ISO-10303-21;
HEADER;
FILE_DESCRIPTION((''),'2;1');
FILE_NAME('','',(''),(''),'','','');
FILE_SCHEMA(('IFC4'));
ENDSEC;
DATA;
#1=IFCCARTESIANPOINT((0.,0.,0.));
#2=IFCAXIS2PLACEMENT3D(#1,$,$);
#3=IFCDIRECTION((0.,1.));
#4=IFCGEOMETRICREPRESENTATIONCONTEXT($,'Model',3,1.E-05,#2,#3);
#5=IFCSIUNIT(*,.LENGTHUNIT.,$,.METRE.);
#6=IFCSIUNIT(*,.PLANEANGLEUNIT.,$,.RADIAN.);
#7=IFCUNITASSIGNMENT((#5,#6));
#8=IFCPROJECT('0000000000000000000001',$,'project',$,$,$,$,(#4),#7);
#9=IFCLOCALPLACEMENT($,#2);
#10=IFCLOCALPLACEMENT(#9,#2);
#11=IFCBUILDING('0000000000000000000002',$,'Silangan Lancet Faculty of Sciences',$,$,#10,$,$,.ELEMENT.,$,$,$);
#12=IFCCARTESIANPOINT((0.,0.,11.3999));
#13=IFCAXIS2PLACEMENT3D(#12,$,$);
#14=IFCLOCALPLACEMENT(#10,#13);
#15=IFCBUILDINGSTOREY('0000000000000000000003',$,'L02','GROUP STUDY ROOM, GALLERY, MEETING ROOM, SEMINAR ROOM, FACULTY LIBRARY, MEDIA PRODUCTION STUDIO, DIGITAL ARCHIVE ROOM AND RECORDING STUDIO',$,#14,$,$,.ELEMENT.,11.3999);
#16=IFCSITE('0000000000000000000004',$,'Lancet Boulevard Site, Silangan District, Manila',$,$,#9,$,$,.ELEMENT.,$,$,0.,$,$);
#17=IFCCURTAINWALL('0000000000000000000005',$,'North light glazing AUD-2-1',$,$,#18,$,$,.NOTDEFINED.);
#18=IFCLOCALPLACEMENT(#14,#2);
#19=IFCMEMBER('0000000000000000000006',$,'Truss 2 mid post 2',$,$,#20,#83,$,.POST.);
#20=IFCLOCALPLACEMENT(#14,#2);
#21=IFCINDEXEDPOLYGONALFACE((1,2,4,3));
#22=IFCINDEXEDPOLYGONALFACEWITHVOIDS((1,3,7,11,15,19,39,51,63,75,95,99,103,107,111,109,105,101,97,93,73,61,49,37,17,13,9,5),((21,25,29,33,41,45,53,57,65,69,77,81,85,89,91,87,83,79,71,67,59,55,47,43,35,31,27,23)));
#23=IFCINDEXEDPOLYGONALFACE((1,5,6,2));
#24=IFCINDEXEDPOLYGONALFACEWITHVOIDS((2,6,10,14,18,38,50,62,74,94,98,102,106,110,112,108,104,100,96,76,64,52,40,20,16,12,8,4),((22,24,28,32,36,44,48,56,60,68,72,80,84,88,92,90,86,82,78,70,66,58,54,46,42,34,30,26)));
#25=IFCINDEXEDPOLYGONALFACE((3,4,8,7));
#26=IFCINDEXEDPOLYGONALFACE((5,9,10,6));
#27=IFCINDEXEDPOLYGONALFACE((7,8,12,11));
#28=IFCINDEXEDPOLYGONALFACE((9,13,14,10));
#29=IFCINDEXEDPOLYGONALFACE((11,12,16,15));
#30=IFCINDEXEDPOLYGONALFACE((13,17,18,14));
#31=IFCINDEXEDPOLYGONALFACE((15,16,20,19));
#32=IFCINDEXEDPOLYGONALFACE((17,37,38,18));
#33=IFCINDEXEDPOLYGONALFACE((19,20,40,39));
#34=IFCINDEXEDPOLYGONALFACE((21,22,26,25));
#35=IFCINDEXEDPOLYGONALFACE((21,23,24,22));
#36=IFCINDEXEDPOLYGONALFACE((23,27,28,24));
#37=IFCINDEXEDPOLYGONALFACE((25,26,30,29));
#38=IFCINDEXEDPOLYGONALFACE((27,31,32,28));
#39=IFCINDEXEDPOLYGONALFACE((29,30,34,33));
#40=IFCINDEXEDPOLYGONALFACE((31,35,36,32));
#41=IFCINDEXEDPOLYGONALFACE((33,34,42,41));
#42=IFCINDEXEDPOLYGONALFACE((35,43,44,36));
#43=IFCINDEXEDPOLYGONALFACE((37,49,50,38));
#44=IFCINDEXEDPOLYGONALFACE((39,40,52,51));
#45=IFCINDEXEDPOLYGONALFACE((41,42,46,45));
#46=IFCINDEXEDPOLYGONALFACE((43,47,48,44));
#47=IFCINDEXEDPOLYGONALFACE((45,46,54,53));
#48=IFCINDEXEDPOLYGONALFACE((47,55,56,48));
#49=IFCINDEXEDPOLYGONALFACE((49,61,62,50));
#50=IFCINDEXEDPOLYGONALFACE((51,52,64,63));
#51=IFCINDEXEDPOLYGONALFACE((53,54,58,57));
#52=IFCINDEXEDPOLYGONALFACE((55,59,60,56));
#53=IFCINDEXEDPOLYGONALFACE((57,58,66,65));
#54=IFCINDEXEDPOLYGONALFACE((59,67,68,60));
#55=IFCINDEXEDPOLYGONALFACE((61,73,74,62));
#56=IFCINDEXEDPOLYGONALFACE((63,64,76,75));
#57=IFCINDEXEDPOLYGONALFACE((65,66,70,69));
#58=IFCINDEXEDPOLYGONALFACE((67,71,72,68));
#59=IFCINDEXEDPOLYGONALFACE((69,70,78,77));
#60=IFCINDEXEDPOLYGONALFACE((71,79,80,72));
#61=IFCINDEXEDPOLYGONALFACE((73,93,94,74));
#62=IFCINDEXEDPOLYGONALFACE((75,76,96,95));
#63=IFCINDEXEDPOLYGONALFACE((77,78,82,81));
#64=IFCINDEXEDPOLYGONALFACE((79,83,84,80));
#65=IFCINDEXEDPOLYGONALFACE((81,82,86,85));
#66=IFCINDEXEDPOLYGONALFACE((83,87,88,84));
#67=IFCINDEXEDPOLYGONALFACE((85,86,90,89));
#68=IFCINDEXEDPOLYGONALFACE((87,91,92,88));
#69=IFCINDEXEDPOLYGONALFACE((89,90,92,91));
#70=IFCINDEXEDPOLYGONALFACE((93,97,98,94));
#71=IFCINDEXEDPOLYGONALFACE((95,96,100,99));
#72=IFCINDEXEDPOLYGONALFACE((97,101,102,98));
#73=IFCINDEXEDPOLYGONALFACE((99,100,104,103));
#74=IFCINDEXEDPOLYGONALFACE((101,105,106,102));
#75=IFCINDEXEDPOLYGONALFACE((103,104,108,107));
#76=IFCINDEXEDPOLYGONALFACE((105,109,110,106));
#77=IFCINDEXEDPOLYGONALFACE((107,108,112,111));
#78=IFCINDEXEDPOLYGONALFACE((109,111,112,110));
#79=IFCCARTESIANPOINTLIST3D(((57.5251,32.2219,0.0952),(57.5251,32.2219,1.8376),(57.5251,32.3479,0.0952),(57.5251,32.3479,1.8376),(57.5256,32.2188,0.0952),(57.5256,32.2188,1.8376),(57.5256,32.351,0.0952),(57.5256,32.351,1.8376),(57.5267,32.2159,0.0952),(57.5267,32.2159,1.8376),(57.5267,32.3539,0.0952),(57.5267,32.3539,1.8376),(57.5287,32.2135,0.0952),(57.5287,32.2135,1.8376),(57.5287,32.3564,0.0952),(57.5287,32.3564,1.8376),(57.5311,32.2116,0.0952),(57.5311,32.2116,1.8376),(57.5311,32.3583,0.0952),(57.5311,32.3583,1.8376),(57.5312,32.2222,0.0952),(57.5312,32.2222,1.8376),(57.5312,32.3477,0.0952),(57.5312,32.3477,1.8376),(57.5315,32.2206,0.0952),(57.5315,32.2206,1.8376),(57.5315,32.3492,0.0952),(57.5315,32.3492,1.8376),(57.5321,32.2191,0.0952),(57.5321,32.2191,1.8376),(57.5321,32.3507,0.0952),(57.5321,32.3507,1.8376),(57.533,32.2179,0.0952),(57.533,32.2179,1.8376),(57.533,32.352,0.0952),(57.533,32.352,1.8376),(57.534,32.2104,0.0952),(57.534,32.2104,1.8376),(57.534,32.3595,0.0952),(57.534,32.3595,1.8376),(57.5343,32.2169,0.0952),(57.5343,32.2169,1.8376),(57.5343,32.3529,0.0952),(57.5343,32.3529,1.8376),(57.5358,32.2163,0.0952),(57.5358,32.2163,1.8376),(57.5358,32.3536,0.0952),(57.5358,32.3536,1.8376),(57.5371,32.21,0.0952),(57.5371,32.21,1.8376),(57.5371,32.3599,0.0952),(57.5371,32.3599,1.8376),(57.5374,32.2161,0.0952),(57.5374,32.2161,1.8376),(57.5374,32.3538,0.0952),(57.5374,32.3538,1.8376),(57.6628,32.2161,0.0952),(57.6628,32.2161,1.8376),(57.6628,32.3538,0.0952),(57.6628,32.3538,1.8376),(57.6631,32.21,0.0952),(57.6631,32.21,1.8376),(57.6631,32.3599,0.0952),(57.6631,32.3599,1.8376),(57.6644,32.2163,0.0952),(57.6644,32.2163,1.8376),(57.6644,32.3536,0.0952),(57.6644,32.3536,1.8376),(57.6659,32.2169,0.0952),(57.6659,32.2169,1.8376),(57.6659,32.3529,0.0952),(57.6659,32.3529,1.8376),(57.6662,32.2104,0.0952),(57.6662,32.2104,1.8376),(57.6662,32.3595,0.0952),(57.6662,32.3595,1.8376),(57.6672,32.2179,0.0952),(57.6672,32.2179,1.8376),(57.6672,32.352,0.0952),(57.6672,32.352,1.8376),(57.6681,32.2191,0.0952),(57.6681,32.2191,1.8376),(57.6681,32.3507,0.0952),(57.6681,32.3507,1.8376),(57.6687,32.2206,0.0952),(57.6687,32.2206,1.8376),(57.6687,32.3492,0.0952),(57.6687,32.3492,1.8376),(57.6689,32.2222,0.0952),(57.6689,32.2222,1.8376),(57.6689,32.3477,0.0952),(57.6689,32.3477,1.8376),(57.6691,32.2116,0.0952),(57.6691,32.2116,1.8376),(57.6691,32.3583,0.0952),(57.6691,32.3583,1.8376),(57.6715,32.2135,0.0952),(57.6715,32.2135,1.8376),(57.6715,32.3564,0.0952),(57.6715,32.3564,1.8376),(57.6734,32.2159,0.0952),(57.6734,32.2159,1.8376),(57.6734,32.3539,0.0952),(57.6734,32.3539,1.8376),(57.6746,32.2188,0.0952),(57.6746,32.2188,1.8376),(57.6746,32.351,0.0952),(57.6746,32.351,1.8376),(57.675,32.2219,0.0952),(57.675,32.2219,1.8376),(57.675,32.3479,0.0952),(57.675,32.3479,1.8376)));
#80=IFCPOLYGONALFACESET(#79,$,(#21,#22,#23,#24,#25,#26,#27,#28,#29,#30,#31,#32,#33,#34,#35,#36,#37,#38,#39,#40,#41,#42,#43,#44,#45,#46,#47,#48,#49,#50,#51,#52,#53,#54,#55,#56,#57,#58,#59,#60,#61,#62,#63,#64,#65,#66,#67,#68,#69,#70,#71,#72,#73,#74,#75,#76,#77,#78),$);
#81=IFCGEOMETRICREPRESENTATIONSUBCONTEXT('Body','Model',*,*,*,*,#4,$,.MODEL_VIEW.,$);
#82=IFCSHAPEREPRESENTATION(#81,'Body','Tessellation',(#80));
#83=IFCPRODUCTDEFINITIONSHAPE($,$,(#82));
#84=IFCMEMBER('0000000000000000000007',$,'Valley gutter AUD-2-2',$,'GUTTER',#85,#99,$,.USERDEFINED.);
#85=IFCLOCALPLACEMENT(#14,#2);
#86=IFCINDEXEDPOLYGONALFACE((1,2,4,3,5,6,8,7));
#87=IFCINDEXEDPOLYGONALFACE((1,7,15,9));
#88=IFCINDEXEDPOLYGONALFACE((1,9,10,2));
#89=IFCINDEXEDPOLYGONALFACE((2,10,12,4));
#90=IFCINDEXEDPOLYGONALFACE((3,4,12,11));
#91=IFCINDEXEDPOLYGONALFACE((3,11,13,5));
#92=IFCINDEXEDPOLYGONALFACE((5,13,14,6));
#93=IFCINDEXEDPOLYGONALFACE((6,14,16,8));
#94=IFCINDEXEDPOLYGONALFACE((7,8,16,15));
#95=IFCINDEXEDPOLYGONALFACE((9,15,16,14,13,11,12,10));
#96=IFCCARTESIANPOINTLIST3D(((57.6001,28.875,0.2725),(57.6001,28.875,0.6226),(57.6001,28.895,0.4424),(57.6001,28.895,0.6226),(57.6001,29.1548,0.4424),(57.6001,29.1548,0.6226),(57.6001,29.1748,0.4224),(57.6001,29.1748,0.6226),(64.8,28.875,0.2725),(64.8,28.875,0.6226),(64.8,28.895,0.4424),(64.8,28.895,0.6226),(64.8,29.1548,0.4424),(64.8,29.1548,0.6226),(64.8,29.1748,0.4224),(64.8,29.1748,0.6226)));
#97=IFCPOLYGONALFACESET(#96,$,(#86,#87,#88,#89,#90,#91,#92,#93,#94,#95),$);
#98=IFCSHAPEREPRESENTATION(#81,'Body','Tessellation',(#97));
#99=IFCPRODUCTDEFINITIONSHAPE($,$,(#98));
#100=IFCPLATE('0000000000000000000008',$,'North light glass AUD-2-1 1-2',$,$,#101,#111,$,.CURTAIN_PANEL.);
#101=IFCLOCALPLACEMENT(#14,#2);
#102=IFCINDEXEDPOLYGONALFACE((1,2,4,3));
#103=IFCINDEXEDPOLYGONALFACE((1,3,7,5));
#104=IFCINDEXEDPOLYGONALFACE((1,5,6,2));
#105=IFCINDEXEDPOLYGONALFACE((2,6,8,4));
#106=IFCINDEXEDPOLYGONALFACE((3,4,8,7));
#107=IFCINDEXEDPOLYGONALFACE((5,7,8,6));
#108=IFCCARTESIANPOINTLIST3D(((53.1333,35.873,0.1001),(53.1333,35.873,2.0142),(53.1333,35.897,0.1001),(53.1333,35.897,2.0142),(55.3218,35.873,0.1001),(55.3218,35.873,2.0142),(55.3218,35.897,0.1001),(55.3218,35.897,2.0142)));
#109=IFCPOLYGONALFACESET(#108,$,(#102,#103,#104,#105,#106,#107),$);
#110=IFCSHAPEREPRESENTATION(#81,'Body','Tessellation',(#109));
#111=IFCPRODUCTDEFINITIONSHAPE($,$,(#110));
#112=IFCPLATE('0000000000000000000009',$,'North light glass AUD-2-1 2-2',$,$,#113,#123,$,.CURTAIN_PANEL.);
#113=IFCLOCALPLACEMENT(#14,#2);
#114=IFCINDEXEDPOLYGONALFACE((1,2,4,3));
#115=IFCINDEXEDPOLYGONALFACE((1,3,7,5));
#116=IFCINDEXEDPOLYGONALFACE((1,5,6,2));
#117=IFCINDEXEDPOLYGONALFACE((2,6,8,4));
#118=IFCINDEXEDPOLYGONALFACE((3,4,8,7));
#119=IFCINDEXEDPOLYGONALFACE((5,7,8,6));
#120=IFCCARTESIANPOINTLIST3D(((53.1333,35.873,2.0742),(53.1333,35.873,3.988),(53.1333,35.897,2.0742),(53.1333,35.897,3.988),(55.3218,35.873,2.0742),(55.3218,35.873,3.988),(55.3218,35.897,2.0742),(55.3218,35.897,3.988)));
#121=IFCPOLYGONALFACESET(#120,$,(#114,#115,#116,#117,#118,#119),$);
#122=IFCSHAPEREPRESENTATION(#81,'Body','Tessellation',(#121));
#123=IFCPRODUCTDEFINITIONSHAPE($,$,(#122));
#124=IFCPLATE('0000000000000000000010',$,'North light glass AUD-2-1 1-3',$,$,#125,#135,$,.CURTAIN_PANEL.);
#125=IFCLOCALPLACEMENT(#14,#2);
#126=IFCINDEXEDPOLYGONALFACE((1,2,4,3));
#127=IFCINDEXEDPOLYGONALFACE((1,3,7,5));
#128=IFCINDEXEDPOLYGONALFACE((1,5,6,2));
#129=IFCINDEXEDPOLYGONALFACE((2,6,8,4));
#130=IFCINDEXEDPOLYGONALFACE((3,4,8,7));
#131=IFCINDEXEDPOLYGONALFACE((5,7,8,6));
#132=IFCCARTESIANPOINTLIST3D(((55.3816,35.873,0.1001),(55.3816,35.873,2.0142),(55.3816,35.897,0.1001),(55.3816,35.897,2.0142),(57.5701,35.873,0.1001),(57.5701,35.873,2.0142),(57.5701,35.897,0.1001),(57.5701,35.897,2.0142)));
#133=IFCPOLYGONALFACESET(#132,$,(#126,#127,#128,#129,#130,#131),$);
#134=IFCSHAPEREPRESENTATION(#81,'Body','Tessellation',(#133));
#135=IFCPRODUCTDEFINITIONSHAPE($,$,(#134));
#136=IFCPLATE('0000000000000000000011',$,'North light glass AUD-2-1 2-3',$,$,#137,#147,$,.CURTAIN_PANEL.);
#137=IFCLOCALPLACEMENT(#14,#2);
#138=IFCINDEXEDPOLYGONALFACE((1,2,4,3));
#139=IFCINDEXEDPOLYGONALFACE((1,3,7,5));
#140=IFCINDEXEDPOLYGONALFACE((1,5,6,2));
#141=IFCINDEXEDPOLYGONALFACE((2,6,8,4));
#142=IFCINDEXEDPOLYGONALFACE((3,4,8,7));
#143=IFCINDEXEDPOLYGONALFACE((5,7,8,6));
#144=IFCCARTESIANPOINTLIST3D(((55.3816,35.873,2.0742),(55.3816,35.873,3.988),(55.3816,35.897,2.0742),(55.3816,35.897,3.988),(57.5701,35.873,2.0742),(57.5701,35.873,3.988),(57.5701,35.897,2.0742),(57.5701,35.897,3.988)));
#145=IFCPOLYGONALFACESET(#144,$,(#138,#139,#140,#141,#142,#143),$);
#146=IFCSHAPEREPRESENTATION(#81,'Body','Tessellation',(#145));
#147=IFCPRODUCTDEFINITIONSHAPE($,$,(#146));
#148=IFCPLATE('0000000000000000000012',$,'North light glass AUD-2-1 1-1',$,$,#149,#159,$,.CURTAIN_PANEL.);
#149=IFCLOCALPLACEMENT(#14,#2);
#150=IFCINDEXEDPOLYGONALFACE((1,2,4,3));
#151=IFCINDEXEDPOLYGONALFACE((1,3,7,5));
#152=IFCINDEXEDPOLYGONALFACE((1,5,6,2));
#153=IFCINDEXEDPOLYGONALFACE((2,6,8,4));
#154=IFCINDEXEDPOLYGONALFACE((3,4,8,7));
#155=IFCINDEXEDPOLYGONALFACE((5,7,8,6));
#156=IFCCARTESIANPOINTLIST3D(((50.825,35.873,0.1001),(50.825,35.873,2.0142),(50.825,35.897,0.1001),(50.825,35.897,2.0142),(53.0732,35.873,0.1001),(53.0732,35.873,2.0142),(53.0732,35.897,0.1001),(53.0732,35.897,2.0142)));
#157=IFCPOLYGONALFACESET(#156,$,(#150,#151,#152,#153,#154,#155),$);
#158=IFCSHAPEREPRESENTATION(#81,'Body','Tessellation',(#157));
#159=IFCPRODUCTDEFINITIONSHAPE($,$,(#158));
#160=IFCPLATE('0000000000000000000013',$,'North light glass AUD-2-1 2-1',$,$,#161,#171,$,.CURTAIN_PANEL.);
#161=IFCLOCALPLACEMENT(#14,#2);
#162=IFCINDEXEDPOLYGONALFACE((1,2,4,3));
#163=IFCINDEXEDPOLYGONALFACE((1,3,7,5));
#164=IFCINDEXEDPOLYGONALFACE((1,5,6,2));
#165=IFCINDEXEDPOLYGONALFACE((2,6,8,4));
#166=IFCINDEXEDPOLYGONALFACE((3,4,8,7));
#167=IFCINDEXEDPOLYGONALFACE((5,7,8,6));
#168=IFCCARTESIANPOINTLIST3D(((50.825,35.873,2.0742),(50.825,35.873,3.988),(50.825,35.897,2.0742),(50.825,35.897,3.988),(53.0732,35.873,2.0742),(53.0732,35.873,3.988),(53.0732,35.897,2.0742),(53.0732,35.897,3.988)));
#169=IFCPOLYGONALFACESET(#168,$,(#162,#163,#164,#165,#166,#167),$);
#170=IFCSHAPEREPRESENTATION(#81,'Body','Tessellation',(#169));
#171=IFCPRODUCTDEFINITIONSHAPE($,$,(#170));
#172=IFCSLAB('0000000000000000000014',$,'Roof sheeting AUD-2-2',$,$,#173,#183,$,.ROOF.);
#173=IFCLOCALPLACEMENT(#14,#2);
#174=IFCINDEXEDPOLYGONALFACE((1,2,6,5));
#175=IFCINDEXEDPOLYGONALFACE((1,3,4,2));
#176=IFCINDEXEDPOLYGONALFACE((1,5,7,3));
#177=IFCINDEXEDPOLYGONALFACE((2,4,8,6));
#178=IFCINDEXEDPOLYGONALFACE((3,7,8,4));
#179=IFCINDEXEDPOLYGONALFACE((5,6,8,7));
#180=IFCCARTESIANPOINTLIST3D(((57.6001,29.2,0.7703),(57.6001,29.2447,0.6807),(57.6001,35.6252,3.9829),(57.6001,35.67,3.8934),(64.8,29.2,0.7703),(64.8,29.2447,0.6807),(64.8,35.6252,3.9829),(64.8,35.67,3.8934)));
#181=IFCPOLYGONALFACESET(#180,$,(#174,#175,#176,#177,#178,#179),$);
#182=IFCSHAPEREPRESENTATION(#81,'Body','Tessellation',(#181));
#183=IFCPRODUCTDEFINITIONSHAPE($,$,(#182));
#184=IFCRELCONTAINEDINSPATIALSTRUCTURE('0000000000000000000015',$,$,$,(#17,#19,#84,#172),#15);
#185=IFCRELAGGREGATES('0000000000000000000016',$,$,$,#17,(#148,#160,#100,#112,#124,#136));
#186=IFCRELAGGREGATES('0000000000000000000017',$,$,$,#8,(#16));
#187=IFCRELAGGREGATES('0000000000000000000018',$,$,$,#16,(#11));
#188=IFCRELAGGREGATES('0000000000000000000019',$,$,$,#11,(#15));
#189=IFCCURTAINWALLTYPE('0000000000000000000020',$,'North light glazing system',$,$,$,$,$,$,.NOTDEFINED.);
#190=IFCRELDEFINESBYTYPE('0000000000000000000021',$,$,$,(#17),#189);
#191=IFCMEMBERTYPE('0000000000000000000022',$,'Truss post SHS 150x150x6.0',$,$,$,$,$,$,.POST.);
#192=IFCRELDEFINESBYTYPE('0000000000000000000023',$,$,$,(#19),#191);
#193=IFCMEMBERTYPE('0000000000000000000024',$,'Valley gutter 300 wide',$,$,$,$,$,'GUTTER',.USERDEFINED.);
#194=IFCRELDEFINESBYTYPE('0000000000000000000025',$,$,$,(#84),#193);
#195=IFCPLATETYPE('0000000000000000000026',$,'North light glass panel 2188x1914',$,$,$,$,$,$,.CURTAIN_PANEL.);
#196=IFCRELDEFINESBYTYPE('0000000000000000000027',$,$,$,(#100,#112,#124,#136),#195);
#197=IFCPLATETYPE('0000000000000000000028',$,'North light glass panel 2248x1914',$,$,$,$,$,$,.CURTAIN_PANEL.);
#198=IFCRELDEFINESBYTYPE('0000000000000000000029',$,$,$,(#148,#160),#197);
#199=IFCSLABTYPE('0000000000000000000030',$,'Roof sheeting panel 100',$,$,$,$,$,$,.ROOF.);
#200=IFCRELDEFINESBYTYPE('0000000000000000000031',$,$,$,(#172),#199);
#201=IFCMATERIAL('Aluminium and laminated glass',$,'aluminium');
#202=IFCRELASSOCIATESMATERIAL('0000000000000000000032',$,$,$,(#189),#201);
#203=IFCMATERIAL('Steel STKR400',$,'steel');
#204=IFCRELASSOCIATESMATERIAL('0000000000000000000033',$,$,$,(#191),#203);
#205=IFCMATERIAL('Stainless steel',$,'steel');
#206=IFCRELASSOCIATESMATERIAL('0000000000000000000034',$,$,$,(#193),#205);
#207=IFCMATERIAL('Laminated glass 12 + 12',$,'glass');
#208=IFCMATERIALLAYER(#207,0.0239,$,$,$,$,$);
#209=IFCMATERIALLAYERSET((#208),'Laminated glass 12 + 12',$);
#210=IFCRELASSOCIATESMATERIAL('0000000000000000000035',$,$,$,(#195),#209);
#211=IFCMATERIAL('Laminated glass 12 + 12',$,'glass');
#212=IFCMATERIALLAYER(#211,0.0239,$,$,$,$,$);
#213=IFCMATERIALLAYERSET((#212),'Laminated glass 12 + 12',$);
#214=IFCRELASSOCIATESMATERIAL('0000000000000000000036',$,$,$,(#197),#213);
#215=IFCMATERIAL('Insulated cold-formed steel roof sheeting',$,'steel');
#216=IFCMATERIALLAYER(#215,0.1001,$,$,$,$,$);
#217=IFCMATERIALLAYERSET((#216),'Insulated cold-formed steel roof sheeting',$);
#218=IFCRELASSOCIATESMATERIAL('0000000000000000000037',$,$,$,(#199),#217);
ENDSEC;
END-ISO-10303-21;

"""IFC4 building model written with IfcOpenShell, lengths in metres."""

from ifc_helpers import new_model, si_unit, direction, frame, origin, origin_2d, place, context, subcontext, project, spatial, polyline, hollow_rectangle, outline, extrude, material, layer, layer_set, material_profile, profile_set, type_object, element, aggregate, save


model = new_model("IFC4")

# Units and contexts
model_context = context("Model", 3, precision=1e-05, world=origin(), true_north=direction((0.0, 1.0)))
body_context = subcontext(model_context, "Body", "Model", "MODEL_VIEW")
ifc_project = project(units=[si_unit("LENGTHUNIT", "METRE"), si_unit("PLANEANGLEUNIT", "RADIAN")], contexts=[model_context])

# Site, building, storey
site_placement = place(None, origin())
site = spatial("IfcSite", under=ifc_project, at=site_placement, Name="Lancet Boulevard Site, Silangan District, Manila", CompositionType="ELEMENT", RefElevation=0.0)
building_placement = place(site_placement, origin())
building = spatial("IfcBuilding", under=site, at=building_placement, Name="Silangan Lancet Faculty of Sciences", CompositionType="ELEMENT")
storey_placement = place(building_placement, frame((0.0, 0.0, 11.3999)))
storey = spatial("IfcBuildingStorey", under=building, at=storey_placement, Name="L02", Description="GROUP STUDY ROOM, GALLERY, MEETING ROOM, SEMINAR ROOM, FACULTY LIBRARY, MEDIA PRODUCTION STUDIO, DIGITAL ARCHIVE ROOM AND RECORDING STUDIO", CompositionType="ELEMENT", Elevation=11.3999)

# Curtain wall
ifc_material_1 = material(Name="Aluminium and laminated glass", Category="aluminium")
curtain_wall_type = type_object("IfcCurtainWallType", Name="North light glazing system", PredefinedType="NOTDEFINED", material=ifc_material_1)
curtain_wall_1_placement = place(storey_placement, origin())
curtain_wall_1 = element("IfcCurtainWall", 1, at=curtain_wall_1_placement, inside=storey, type_object=curtain_wall_type, Name="North light glazing AUD-2-1", PredefinedType="NOTDEFINED")

# Members
ifc_material_2 = material(Name="Steel STKR400", Category="steel")
ifc_material_profile_1 = material_profile(ifc_material_2, hollow_rectangle(XDim=0.1499, YDim=0.1499, WallThickness=0.0061, InnerFilletRadius=0.0061, OuterFilletRadius=0.012, at=origin_2d()), Name="SHS 150x150x6.0")
ifc_profile_set_1 = profile_set([ifc_material_profile_1], Name="Steel STKR400")
member_type_1 = type_object("IfcMemberType", Name="Truss post SHS 150x150x6.0", PredefinedType="POST", material=ifc_profile_set_1)
for number, where, z_axis, x_axis, name in (
    (2, (57.6001, 32.2849, 0.0952), (0.0, 0.0, 1.0), (1.0, 0.0, 0.0), "Truss 2 mid post 2"),
):
    element("IfcMember", number, at=place(storey_placement, frame(where, z_axis=z_axis, x_axis=x_axis)), inside=storey, type_object=member_type_1, Name=name, PredefinedType="POST", context=body_context, shape_type="SweptSolid", body=[
        extrude(hollow_rectangle(XDim=0.1499, YDim=0.1499, WallThickness=0.0061, InnerFilletRadius=0.0061, OuterFilletRadius=0.012, at=origin_2d()), origin(), (0.0, 0.0, 1.0), 1.7424),
    ])
ifc_material_3 = material(Name="Stainless steel", Category="steel")
ifc_material_profile_2 = material_profile(ifc_material_3, outline(polyline([(-0.1499, 0.0), (0.1499, 0.1499), (0.1499, 0.3501), (0.1299, 0.3501), (0.1299, 0.1699), (-0.1299, 0.1699), (-0.1299, 0.3501), (-0.1499, 0.3501), (-0.1499, 0.0)])), Name="valley gutter")
ifc_profile_set_2 = profile_set([ifc_material_profile_2], Name="Stainless steel")
member_type_2 = type_object("IfcMemberType", Name="Valley gutter 300 wide", ElementType="GUTTER", PredefinedType="USERDEFINED", material=ifc_profile_set_2)
member_1_placement = place(storey_placement, frame((57.6001, 29.0249, 0.2725), z_axis=(1.0, 0.0, 0.0), x_axis=(0.0, 1.0, 0.0)))
element("IfcMember", 3, at=member_1_placement, inside=storey, type_object=member_type_2, Name="Valley gutter AUD-2-2", ObjectType="GUTTER", PredefinedType="USERDEFINED", context=body_context, shape_type="SweptSolid", body=[
    extrude(outline(polyline([(-0.1499, 0.0), (0.1499, 0.1499), (0.1499, 0.3501), (0.1299, 0.3501), (0.1299, 0.1699), (-0.1299, 0.1699), (-0.1299, 0.3501), (-0.1499, 0.3501), (-0.1499, 0.0)])), origin(), (0.0, 0.0, 1.0), 7.2),
])

# Plates
ifc_material_4 = material(Name="Laminated glass 12 + 12", Category="glass")
ifc_layer_1 = layer(ifc_material_4, 0.0239)
ifc_layer_set_1 = layer_set([ifc_layer_1], Name="Laminated glass 12 + 12")
plate_type_1 = type_object("IfcPlateType", Name="North light glass panel 2188x1914", PredefinedType="CURTAIN_PANEL", material=ifc_layer_set_1)
plate_1_placement = place(storey_placement, frame((53.1333, 35.873, 0.1001), z_axis=(0.0, -1.0, 0.0), x_axis=(1.0, 0.0, 0.0)))
plate_1 = element("IfcPlate", 4, at=plate_1_placement, type_object=plate_type_1, Name="North light glass AUD-2-1 1-2", PredefinedType="CURTAIN_PANEL", context=body_context, shape_type="SweptSolid", body=[
    extrude(outline(polyline([(0.0, 0.0), (2.1885, 0.0), (2.1885, 1.9141), (0.0, 1.9141), (0.0, 0.0)])), origin(), (0.0, 0.0, -1.0), 0.0239),
])
plate_2_placement = place(storey_placement, frame((53.1333, 35.873, 2.0742), z_axis=(0.0, -1.0, 0.0), x_axis=(1.0, 0.0, 0.0)))
plate_2 = element("IfcPlate", 5, at=plate_2_placement, type_object=plate_type_1, Name="North light glass AUD-2-1 2-2", PredefinedType="CURTAIN_PANEL", context=body_context, shape_type="SweptSolid", body=[
    extrude(outline(polyline([(0.0, 0.0), (2.1885, 0.0), (2.1885, 1.9138), (0.0, 1.9138), (0.0, 0.0)])), origin(), (0.0, 0.0, -1.0), 0.0239),
])
plate_3_placement = place(storey_placement, frame((55.3816, 35.873, 0.1001), z_axis=(0.0, -1.0, 0.0), x_axis=(1.0, 0.0, 0.0)))
plate_3 = element("IfcPlate", 6, at=plate_3_placement, type_object=plate_type_1, Name="North light glass AUD-2-1 1-3", PredefinedType="CURTAIN_PANEL", context=body_context, shape_type="SweptSolid", body=[
    extrude(outline(polyline([(0.0, 0.0), (2.1885, 0.0), (2.1885, 1.9141), (0.0, 1.9141), (0.0, 0.0)])), origin(), (0.0, 0.0, -1.0), 0.0239),
])
plate_4_placement = place(storey_placement, frame((55.3816, 35.873, 2.0742), z_axis=(0.0, -1.0, 0.0), x_axis=(1.0, 0.0, 0.0)))
plate_4 = element("IfcPlate", 7, at=plate_4_placement, type_object=plate_type_1, Name="North light glass AUD-2-1 2-3", PredefinedType="CURTAIN_PANEL", context=body_context, shape_type="SweptSolid", body=[
    extrude(outline(polyline([(0.0, 0.0), (2.1885, 0.0), (2.1885, 1.9138), (0.0, 1.9138), (0.0, 0.0)])), origin(), (0.0, 0.0, -1.0), 0.0239),
])
ifc_material_5 = material(Name="Laminated glass 12 + 12", Category="glass")
ifc_layer_2 = layer(ifc_material_5, 0.0239)
ifc_layer_set_2 = layer_set([ifc_layer_2], Name="Laminated glass 12 + 12")
plate_type_2 = type_object("IfcPlateType", Name="North light glass panel 2248x1914", PredefinedType="CURTAIN_PANEL", material=ifc_layer_set_2)
plate_5_placement = place(storey_placement, frame((50.825, 35.873, 0.1001), z_axis=(0.0, -1.0, 0.0), x_axis=(1.0, 0.0, 0.0)))
plate_5 = element("IfcPlate", 8, at=plate_5_placement, type_object=plate_type_2, Name="North light glass AUD-2-1 1-1", PredefinedType="CURTAIN_PANEL", context=body_context, shape_type="SweptSolid", body=[
    extrude(outline(polyline([(0.0, 0.0), (2.2483, 0.0), (2.2483, 1.9141), (0.0, 1.9141), (0.0, 0.0)])), origin(), (0.0, 0.0, -1.0), 0.0239),
])
plate_6_placement = place(storey_placement, frame((50.825, 35.873, 2.0742), z_axis=(0.0, -1.0, 0.0), x_axis=(1.0, 0.0, 0.0)))
plate_6 = element("IfcPlate", 9, at=plate_6_placement, type_object=plate_type_2, Name="North light glass AUD-2-1 2-1", PredefinedType="CURTAIN_PANEL", context=body_context, shape_type="SweptSolid", body=[
    extrude(outline(polyline([(0.0, 0.0), (2.2483, 0.0), (2.2483, 1.9138), (0.0, 1.9138), (0.0, 0.0)])), origin(), (0.0, 0.0, -1.0), 0.0239),
])
aggregate(curtain_wall_1, [plate_5, plate_6, plate_1, plate_2, plate_3, plate_4])

# Slab
ifc_material_6 = material(Name="Insulated cold-formed steel roof sheeting", Category="steel")
ifc_layer_3 = layer(ifc_material_6, 0.1001)
ifc_layer_set_3 = layer_set([ifc_layer_3], Name="Insulated cold-formed steel roof sheeting")
slab_type = type_object("IfcSlabType", Name="Roof sheeting panel 100", PredefinedType="ROOF", material=ifc_layer_set_3)
slab_placement = place(storey_placement, frame((57.6001, 29.2, 0.7703), z_axis=(0.0, -0.447214, 0.894427), x_axis=(1.0, 0.0, 0.0)))
element("IfcSlab", 10, at=slab_placement, inside=storey, type_object=slab_type, Name="Roof sheeting AUD-2-2", PredefinedType="ROOF", context=body_context, shape_type="SweptSolid", body=[
    extrude(outline(polyline([(0.0, 0.0), (7.2, 0.0), (7.2, 7.1837), (0.0, 7.1837), (0.0, 0.0)])), origin(), (0.0, 0.0, -1.0), 0.1001),
])

save(model, "model.ifc")
